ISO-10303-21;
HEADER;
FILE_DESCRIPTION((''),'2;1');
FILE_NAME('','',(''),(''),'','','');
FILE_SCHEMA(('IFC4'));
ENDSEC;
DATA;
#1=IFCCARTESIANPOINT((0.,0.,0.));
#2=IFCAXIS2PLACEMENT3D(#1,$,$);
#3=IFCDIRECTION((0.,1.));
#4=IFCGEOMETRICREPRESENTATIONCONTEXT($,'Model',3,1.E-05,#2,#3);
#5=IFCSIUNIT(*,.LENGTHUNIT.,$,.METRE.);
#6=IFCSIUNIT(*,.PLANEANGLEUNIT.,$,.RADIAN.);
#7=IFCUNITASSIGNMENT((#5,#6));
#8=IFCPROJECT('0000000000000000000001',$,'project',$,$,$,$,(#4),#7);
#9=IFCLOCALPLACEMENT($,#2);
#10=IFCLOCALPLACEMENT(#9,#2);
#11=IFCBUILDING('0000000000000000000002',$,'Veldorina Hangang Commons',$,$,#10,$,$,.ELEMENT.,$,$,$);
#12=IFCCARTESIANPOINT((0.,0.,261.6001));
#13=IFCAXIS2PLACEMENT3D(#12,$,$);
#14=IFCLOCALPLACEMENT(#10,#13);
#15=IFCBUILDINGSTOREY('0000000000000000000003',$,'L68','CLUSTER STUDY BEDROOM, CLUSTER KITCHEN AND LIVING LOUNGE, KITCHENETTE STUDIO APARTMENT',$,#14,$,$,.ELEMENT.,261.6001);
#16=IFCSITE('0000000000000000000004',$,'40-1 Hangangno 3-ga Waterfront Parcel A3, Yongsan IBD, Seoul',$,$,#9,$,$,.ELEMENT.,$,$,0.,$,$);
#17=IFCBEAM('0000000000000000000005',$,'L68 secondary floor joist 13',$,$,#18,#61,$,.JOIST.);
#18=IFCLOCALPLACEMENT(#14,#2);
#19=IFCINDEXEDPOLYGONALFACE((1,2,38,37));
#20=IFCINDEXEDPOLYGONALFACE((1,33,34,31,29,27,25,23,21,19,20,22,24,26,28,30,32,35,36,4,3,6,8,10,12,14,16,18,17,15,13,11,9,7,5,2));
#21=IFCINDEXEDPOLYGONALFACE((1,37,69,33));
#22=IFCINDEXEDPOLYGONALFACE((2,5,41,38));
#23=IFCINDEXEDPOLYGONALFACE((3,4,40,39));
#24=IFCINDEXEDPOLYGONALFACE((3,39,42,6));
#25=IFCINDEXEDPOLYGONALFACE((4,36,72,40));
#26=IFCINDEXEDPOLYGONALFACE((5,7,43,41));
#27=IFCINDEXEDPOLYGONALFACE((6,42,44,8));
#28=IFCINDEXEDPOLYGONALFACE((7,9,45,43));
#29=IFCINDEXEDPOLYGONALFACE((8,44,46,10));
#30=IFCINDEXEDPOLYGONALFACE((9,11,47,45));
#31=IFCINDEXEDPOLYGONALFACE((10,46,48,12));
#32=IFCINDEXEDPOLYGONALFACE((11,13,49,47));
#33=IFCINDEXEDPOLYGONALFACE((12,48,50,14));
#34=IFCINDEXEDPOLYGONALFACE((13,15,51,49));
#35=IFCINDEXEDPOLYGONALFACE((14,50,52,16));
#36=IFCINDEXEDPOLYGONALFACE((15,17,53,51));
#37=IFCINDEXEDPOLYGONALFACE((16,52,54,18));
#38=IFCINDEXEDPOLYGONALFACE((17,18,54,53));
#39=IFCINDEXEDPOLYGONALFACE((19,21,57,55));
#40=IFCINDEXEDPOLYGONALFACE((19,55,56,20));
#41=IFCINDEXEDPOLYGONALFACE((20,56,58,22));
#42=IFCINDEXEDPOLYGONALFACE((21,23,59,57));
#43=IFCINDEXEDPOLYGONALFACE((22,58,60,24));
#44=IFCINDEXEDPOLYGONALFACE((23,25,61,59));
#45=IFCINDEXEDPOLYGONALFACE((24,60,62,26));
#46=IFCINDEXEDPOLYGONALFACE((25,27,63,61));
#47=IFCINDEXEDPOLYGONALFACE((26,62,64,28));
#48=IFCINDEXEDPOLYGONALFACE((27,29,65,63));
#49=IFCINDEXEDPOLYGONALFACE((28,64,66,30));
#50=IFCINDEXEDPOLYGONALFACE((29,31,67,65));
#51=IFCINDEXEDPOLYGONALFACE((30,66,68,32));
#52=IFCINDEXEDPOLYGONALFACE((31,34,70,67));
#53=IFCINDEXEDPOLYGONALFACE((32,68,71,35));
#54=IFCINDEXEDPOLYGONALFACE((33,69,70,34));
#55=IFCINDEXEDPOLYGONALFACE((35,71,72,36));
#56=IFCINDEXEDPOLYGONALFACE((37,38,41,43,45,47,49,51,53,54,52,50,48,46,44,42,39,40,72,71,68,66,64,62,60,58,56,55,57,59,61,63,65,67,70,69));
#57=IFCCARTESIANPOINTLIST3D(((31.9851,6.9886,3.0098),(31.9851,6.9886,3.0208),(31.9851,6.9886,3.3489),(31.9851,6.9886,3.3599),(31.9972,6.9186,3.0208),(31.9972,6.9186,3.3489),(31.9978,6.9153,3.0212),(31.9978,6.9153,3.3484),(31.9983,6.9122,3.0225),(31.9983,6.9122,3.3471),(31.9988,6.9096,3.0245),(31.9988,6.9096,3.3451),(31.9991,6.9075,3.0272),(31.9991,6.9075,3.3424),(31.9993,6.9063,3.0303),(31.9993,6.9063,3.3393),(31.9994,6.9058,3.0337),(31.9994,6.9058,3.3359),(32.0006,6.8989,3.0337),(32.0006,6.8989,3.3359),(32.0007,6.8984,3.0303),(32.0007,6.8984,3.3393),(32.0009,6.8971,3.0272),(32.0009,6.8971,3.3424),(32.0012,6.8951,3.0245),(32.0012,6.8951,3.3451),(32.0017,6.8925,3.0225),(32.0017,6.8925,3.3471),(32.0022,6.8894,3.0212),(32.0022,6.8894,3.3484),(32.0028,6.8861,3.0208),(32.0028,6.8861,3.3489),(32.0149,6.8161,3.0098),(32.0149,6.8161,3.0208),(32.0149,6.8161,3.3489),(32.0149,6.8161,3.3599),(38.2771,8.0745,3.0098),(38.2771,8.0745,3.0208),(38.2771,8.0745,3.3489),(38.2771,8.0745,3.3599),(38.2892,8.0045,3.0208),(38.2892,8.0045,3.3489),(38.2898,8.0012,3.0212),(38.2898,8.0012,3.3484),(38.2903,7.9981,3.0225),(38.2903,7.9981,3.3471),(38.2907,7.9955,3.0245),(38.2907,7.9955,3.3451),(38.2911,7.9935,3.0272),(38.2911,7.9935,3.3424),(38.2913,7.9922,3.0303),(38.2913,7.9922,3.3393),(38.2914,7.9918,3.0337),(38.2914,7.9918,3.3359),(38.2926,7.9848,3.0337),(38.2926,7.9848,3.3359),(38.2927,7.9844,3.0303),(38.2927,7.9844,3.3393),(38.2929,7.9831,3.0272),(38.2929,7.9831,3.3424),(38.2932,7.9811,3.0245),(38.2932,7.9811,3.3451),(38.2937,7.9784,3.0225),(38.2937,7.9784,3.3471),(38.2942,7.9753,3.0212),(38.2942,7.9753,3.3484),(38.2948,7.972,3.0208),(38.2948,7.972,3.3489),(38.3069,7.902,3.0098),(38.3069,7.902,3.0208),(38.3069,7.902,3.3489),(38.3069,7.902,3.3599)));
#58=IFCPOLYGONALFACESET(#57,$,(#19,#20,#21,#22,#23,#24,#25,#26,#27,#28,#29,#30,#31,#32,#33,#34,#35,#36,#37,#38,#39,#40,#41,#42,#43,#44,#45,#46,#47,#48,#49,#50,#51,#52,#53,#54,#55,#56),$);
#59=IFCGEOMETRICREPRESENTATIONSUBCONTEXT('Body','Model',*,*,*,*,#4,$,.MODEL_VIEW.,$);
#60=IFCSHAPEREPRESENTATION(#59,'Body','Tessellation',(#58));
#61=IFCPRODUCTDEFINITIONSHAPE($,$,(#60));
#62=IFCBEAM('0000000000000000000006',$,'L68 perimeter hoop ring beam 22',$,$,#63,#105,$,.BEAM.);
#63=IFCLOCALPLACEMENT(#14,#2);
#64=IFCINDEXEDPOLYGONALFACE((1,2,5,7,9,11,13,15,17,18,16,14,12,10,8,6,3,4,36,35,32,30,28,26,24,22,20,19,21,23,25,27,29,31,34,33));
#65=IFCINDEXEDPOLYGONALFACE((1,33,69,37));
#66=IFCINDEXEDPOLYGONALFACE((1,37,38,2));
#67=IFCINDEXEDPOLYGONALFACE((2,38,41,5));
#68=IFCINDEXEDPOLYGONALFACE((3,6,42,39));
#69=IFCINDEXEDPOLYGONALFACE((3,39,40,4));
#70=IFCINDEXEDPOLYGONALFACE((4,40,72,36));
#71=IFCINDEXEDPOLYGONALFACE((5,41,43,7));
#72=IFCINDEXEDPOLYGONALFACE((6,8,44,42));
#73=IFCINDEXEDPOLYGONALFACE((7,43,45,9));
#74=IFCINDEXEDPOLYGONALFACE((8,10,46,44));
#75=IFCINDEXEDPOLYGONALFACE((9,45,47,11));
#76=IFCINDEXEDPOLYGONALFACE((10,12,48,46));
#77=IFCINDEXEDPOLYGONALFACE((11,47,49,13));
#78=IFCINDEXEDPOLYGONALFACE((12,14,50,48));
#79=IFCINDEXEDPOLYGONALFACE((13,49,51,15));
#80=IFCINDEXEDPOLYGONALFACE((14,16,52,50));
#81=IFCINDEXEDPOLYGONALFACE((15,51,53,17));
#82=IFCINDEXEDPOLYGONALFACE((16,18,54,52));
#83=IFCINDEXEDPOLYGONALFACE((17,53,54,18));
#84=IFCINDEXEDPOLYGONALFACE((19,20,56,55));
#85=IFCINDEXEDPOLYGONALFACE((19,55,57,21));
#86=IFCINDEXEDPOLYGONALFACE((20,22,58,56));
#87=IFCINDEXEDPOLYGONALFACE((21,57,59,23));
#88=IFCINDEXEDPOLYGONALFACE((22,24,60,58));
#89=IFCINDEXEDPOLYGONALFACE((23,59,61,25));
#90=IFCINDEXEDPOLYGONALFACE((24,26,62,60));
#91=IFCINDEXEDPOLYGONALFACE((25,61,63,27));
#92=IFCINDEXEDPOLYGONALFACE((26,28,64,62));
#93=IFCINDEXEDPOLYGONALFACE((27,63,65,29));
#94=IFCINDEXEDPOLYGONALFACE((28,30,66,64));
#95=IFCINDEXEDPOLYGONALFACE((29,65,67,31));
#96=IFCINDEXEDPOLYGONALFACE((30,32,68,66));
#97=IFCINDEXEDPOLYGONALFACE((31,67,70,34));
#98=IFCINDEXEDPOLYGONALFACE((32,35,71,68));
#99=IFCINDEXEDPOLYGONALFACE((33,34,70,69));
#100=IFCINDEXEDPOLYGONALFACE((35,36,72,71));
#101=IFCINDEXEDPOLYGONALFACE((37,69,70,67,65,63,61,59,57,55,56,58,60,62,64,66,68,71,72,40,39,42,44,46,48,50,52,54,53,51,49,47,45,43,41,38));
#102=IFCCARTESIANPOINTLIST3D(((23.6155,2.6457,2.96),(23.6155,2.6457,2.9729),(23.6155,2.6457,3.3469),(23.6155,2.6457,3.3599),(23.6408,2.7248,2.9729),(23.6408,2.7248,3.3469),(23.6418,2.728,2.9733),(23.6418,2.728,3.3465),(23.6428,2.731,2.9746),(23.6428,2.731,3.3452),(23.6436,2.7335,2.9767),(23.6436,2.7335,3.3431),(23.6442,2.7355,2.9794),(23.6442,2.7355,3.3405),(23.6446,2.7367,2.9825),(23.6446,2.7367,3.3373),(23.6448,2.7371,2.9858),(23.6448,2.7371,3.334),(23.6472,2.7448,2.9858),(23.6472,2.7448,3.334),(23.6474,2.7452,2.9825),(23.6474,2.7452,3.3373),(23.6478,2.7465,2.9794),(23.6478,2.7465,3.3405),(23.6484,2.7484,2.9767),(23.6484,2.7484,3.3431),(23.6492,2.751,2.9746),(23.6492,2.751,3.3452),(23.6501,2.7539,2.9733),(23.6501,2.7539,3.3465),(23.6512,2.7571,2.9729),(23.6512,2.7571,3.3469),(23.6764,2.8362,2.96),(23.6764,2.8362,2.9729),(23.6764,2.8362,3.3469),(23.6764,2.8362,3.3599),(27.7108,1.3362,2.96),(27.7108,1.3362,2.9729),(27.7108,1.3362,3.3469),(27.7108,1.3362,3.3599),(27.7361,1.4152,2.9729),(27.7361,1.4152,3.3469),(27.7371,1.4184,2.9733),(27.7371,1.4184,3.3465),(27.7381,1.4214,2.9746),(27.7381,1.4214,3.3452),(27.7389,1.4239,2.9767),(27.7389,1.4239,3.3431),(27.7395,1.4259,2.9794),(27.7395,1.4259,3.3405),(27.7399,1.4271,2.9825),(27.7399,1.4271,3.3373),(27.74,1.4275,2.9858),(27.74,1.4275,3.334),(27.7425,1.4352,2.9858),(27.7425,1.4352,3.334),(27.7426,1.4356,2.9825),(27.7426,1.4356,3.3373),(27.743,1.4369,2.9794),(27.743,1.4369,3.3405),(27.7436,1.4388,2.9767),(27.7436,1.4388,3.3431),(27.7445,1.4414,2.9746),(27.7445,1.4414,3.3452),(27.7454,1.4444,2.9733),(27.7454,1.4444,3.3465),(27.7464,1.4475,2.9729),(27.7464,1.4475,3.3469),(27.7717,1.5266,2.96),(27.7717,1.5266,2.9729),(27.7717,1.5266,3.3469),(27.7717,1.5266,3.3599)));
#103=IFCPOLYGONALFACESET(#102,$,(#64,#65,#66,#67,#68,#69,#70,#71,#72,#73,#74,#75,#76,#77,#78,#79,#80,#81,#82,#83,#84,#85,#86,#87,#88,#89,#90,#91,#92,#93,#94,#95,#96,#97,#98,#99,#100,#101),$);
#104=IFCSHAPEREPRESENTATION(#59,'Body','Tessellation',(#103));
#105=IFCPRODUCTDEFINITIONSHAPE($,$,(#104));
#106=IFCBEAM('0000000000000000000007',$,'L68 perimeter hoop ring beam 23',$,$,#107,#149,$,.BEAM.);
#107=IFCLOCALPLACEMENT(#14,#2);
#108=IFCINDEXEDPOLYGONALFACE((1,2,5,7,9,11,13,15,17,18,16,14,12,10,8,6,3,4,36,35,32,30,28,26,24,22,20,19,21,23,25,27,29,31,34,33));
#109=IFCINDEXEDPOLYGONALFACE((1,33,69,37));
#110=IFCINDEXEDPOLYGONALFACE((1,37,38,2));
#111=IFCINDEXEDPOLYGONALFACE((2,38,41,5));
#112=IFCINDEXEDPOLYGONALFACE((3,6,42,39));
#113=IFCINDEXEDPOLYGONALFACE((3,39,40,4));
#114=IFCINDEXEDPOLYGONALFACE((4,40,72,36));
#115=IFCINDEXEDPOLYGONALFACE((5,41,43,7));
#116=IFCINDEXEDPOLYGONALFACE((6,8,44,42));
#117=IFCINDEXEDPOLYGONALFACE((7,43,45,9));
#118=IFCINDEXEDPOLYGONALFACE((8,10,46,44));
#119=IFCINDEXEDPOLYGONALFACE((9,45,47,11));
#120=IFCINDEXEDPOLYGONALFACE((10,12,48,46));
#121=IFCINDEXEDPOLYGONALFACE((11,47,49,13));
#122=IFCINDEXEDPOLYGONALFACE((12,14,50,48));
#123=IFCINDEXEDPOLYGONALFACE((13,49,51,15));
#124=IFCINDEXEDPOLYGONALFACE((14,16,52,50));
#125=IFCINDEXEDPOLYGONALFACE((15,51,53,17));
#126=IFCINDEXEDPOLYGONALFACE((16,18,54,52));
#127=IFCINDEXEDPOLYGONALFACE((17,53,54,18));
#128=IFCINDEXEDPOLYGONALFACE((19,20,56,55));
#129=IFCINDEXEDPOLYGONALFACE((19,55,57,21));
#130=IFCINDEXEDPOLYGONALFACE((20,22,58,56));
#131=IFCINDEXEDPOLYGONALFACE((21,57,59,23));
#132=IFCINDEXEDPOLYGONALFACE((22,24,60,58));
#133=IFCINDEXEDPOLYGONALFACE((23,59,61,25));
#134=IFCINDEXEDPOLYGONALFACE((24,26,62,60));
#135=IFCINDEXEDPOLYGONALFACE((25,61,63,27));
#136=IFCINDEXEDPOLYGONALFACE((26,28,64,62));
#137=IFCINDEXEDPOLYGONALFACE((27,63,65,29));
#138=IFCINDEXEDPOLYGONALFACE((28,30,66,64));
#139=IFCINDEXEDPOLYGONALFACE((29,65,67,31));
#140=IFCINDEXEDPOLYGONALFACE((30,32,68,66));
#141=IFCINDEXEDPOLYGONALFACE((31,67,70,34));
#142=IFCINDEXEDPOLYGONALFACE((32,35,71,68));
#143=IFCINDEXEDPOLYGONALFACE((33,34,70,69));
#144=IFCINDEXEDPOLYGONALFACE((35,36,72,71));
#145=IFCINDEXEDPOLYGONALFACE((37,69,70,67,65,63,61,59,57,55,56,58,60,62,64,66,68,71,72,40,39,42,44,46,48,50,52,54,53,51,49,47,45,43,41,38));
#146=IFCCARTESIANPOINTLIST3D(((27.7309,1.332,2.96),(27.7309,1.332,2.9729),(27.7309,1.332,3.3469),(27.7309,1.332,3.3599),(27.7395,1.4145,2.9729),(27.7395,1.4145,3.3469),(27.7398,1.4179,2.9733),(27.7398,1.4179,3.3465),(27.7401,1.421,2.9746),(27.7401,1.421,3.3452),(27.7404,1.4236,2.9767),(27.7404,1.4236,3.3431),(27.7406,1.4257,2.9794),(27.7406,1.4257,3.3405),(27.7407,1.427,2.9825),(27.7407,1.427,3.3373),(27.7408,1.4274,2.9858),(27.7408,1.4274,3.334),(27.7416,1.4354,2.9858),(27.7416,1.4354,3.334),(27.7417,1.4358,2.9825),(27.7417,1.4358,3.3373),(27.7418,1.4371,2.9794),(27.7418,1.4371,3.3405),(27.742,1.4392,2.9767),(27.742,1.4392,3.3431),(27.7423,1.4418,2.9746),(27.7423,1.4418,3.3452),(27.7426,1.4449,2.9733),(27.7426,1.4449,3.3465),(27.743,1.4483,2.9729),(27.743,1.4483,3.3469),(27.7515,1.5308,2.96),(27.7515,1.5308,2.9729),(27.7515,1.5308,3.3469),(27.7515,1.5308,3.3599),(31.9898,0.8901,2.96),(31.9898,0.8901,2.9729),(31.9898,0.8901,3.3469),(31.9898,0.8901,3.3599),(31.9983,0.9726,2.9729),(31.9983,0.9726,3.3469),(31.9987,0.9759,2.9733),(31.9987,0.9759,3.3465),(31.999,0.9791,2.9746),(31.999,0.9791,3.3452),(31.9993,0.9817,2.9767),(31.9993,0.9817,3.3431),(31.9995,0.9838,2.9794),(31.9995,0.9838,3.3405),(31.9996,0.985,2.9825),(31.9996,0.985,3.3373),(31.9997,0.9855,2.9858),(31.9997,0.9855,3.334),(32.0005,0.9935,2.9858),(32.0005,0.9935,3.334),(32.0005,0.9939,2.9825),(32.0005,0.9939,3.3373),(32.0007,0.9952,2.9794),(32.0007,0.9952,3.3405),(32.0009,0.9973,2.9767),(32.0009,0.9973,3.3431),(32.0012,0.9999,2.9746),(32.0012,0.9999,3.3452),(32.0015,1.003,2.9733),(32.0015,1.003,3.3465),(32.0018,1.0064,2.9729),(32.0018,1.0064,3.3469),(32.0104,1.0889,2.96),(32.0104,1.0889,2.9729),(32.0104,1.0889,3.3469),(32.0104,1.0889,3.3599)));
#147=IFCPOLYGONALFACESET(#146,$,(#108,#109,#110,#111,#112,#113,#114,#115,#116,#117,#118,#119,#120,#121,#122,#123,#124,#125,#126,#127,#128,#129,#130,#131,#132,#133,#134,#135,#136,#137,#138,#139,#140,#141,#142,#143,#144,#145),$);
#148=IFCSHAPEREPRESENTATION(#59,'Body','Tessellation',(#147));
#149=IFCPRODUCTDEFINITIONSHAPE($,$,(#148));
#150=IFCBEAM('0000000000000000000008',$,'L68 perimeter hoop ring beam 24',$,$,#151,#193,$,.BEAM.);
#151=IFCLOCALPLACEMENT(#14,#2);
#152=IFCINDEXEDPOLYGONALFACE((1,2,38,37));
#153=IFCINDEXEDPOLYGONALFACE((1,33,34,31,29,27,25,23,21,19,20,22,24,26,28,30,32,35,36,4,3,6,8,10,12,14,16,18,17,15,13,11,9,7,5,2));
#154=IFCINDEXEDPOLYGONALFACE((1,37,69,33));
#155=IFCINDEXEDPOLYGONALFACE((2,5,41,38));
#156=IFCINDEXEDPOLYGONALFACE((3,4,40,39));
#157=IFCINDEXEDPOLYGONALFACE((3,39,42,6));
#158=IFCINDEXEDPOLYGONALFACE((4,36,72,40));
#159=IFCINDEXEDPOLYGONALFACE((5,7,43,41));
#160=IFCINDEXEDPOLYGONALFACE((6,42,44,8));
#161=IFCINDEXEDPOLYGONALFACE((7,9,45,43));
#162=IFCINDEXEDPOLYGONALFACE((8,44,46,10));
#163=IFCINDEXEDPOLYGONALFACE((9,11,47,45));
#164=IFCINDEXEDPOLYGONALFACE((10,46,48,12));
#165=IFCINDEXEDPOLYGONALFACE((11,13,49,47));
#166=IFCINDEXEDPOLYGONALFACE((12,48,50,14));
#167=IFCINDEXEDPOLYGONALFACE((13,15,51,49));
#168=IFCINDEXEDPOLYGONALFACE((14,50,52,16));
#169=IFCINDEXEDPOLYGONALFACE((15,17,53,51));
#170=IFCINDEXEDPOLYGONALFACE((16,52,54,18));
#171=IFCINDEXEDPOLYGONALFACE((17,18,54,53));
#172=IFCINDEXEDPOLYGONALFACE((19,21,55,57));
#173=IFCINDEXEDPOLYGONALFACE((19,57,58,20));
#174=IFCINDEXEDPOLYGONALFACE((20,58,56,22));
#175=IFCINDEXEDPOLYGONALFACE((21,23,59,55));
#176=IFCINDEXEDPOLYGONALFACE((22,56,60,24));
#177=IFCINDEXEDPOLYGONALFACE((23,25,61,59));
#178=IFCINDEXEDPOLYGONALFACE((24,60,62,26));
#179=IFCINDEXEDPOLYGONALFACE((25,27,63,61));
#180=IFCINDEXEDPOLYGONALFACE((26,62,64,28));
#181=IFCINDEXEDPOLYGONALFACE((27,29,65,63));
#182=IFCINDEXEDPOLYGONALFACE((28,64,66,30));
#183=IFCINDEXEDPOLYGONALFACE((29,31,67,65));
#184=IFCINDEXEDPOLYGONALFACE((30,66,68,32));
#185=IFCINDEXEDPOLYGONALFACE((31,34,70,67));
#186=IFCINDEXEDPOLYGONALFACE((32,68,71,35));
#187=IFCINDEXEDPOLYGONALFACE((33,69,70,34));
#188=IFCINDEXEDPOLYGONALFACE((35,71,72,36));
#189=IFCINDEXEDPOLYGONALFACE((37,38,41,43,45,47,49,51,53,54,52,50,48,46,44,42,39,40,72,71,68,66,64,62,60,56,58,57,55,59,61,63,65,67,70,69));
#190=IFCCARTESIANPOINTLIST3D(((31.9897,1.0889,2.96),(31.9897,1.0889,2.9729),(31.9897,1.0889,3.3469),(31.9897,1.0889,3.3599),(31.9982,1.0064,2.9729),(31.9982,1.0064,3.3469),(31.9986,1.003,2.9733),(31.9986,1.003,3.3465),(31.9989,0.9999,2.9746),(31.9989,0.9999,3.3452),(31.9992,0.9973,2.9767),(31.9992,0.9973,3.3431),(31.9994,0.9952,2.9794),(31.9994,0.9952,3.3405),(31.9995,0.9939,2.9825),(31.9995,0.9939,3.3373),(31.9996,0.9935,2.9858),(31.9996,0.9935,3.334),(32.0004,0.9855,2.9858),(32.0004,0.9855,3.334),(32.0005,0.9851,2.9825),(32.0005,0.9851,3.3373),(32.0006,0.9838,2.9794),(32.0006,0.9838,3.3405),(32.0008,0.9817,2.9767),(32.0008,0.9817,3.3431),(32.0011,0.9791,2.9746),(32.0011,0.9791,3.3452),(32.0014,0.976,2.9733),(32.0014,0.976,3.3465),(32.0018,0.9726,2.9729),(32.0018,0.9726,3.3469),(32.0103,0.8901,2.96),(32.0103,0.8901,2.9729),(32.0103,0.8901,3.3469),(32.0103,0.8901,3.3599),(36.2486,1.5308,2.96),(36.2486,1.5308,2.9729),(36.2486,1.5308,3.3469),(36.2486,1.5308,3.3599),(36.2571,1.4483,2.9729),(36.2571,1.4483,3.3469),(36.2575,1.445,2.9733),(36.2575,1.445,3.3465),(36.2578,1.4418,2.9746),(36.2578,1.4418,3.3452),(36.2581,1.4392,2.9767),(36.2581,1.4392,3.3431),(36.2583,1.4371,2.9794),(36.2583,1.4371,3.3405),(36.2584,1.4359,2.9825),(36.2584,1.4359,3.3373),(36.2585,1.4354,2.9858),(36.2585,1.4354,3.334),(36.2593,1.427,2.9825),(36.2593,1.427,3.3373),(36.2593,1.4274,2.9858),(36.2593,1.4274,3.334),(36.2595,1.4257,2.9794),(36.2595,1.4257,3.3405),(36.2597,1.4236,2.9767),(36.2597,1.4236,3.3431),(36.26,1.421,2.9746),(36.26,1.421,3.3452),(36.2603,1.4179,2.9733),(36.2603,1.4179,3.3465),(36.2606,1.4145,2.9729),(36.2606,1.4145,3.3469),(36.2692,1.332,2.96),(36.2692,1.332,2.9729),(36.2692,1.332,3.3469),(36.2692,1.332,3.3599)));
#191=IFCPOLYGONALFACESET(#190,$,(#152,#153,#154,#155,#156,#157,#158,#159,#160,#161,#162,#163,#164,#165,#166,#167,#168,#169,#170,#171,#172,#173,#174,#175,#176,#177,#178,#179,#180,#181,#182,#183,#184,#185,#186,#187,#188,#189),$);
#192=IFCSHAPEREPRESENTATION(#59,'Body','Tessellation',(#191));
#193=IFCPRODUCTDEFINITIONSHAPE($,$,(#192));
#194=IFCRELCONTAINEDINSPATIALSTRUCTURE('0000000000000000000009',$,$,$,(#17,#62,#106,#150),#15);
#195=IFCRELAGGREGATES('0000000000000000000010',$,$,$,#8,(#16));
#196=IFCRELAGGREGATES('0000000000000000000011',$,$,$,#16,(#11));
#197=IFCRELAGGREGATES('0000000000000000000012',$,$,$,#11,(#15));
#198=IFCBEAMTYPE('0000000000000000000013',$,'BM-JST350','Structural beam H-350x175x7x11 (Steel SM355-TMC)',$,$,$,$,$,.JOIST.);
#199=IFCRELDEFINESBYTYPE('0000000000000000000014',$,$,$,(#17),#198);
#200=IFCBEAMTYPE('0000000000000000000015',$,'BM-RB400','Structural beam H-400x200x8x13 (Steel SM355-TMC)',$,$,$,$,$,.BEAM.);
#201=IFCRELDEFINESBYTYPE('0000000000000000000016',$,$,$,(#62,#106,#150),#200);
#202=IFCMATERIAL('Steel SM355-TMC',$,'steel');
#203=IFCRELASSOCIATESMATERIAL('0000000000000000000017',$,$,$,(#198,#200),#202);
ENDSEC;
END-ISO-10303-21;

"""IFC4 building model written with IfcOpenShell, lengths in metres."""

from ifc_helpers import new_model, si_unit, direction, frame, origin, origin_2d, place, context, subcontext, project, spatial, i_section, extrude, material, material_profile, profile_set, type_object, element, save


model = new_model("IFC4")

# Units and contexts
model_context = context("Model", 3, precision=1e-05, world=origin(), true_north=direction((0.0, 1.0)))
body_context = subcontext(model_context, "Body", "Model", "MODEL_VIEW")
ifc_project = project(units=[si_unit("LENGTHUNIT", "METRE"), si_unit("PLANEANGLEUNIT", "RADIAN")], contexts=[model_context])

# Site, building, storey
site_placement = place(None, origin())
site = spatial("IfcSite", under=ifc_project, at=site_placement, Name="40-1 Hangangno 3-ga Waterfront Parcel A3, Yongsan IBD, Seoul", CompositionType="ELEMENT", RefElevation=0.0)
building_placement = place(site_placement, origin())
building = spatial("IfcBuilding", under=site, at=building_placement, Name="Veldorina Hangang Commons", CompositionType="ELEMENT")
storey_placement = place(building_placement, frame((0.0, 0.0, 261.6001)))
storey = spatial("IfcBuildingStorey", under=building, at=storey_placement, Name="L68", Description="CLUSTER STUDY BEDROOM, CLUSTER KITCHEN AND LIVING LOUNGE, KITCHENETTE STUDIO APARTMENT", CompositionType="ELEMENT", Elevation=261.6001)

# Beams
ifc_material_1 = material(Name="Steel SM355-TMC", Category="steel")
ifc_material_profile_1 = material_profile(ifc_material_1, i_section(OverallWidth=0.175, OverallDepth=0.3501, WebThickness=0.0071, FlangeThickness=0.011, FilletRadius=0.0129, at=origin_2d()), Name="H-350x175x7x11")
ifc_profile_set_1 = profile_set([ifc_material_profile_1], Name="Steel SM355-TMC")
beam_type_1 = type_object("IfcBeamType", Name="BM-JST350", Description="Structural beam H-350x175x7x11 (Steel SM355-TMC)", PredefinedType="JOIST", material=ifc_profile_set_1)
beam_1_placement = place(storey_placement, frame((32.0, 6.9023, 3.1848), z_axis=(0.985431, 0.170076, 0.0), x_axis=(-0.170076, 0.985431, 0.0)))
element("IfcBeam", 1, at=beam_1_placement, inside=storey, type_object=beam_type_1, Name="L68 secondary floor joist 13", PredefinedType="JOIST", context=body_context, shape_type="SweptSolid", body=[
    extrude(i_section(OverallWidth=0.175, OverallDepth=0.3501, WebThickness=0.0071, FlangeThickness=0.011, FilletRadius=0.0129, at=origin_2d()), origin(), (0.0, 0.0, 1.0), 6.385),
])
ifc_material_profile_2 = material_profile(ifc_material_1, i_section(OverallWidth=0.2, OverallDepth=0.3999, WebThickness=0.0081, FlangeThickness=0.0129, FilletRadius=0.0129, at=origin_2d()), Name="H-400x200x8x13")
ifc_profile_set_2 = profile_set([ifc_material_profile_2], Name="Steel SM355-TMC")
beam_type_2 = type_object("IfcBeamType", Name="BM-RB400", Description="Structural beam H-400x200x8x13 (Steel SM355-TMC)", PredefinedType="BEAM", material=ifc_profile_set_2)
beam_2_placement = place(storey_placement, frame((23.646, 2.741, 3.1599), z_axis=(0.952485, -0.304586, 0.0), x_axis=(0.304586, 0.952485, 0.0)))
element("IfcBeam", 2, at=beam_2_placement, inside=storey, type_object=beam_type_2, Name="L68 perimeter hoop ring beam 22", PredefinedType="BEAM", context=body_context, shape_type="SweptSolid", body=[
    extrude(i_section(OverallWidth=0.2, OverallDepth=0.3999, WebThickness=0.0081, FlangeThickness=0.0129, FilletRadius=0.0129, at=origin_2d()), origin(), (0.0, 0.0, 1.0), 4.2996),
])
for number, where, z_axis, x_axis, name in (
    (3, (27.7412, 1.4314, 3.1599), (0.99466, -0.103207, 0.0), (0.103207, 0.99466, 0.0), "L68 perimeter hoop ring beam 23"),
    (4, (32.0, 0.9895, 3.1599), (0.99466, 0.103207, 0.0), (-0.103207, 0.99466, 0.0), "L68 perimeter hoop ring beam 24"),
):
    element("IfcBeam", number, at=place(storey_placement, frame(where, z_axis=z_axis, x_axis=x_axis)), inside=storey, type_object=beam_type_2, Name=name, PredefinedType="BEAM", context=body_context, shape_type="SweptSolid", body=[
        extrude(i_section(OverallWidth=0.2, OverallDepth=0.3999, WebThickness=0.0081, FlangeThickness=0.0129, FilletRadius=0.0129, at=origin_2d()), origin(), (0.0, 0.0, 1.0), 4.2817),
    ])

save(model, "model.ifc")
